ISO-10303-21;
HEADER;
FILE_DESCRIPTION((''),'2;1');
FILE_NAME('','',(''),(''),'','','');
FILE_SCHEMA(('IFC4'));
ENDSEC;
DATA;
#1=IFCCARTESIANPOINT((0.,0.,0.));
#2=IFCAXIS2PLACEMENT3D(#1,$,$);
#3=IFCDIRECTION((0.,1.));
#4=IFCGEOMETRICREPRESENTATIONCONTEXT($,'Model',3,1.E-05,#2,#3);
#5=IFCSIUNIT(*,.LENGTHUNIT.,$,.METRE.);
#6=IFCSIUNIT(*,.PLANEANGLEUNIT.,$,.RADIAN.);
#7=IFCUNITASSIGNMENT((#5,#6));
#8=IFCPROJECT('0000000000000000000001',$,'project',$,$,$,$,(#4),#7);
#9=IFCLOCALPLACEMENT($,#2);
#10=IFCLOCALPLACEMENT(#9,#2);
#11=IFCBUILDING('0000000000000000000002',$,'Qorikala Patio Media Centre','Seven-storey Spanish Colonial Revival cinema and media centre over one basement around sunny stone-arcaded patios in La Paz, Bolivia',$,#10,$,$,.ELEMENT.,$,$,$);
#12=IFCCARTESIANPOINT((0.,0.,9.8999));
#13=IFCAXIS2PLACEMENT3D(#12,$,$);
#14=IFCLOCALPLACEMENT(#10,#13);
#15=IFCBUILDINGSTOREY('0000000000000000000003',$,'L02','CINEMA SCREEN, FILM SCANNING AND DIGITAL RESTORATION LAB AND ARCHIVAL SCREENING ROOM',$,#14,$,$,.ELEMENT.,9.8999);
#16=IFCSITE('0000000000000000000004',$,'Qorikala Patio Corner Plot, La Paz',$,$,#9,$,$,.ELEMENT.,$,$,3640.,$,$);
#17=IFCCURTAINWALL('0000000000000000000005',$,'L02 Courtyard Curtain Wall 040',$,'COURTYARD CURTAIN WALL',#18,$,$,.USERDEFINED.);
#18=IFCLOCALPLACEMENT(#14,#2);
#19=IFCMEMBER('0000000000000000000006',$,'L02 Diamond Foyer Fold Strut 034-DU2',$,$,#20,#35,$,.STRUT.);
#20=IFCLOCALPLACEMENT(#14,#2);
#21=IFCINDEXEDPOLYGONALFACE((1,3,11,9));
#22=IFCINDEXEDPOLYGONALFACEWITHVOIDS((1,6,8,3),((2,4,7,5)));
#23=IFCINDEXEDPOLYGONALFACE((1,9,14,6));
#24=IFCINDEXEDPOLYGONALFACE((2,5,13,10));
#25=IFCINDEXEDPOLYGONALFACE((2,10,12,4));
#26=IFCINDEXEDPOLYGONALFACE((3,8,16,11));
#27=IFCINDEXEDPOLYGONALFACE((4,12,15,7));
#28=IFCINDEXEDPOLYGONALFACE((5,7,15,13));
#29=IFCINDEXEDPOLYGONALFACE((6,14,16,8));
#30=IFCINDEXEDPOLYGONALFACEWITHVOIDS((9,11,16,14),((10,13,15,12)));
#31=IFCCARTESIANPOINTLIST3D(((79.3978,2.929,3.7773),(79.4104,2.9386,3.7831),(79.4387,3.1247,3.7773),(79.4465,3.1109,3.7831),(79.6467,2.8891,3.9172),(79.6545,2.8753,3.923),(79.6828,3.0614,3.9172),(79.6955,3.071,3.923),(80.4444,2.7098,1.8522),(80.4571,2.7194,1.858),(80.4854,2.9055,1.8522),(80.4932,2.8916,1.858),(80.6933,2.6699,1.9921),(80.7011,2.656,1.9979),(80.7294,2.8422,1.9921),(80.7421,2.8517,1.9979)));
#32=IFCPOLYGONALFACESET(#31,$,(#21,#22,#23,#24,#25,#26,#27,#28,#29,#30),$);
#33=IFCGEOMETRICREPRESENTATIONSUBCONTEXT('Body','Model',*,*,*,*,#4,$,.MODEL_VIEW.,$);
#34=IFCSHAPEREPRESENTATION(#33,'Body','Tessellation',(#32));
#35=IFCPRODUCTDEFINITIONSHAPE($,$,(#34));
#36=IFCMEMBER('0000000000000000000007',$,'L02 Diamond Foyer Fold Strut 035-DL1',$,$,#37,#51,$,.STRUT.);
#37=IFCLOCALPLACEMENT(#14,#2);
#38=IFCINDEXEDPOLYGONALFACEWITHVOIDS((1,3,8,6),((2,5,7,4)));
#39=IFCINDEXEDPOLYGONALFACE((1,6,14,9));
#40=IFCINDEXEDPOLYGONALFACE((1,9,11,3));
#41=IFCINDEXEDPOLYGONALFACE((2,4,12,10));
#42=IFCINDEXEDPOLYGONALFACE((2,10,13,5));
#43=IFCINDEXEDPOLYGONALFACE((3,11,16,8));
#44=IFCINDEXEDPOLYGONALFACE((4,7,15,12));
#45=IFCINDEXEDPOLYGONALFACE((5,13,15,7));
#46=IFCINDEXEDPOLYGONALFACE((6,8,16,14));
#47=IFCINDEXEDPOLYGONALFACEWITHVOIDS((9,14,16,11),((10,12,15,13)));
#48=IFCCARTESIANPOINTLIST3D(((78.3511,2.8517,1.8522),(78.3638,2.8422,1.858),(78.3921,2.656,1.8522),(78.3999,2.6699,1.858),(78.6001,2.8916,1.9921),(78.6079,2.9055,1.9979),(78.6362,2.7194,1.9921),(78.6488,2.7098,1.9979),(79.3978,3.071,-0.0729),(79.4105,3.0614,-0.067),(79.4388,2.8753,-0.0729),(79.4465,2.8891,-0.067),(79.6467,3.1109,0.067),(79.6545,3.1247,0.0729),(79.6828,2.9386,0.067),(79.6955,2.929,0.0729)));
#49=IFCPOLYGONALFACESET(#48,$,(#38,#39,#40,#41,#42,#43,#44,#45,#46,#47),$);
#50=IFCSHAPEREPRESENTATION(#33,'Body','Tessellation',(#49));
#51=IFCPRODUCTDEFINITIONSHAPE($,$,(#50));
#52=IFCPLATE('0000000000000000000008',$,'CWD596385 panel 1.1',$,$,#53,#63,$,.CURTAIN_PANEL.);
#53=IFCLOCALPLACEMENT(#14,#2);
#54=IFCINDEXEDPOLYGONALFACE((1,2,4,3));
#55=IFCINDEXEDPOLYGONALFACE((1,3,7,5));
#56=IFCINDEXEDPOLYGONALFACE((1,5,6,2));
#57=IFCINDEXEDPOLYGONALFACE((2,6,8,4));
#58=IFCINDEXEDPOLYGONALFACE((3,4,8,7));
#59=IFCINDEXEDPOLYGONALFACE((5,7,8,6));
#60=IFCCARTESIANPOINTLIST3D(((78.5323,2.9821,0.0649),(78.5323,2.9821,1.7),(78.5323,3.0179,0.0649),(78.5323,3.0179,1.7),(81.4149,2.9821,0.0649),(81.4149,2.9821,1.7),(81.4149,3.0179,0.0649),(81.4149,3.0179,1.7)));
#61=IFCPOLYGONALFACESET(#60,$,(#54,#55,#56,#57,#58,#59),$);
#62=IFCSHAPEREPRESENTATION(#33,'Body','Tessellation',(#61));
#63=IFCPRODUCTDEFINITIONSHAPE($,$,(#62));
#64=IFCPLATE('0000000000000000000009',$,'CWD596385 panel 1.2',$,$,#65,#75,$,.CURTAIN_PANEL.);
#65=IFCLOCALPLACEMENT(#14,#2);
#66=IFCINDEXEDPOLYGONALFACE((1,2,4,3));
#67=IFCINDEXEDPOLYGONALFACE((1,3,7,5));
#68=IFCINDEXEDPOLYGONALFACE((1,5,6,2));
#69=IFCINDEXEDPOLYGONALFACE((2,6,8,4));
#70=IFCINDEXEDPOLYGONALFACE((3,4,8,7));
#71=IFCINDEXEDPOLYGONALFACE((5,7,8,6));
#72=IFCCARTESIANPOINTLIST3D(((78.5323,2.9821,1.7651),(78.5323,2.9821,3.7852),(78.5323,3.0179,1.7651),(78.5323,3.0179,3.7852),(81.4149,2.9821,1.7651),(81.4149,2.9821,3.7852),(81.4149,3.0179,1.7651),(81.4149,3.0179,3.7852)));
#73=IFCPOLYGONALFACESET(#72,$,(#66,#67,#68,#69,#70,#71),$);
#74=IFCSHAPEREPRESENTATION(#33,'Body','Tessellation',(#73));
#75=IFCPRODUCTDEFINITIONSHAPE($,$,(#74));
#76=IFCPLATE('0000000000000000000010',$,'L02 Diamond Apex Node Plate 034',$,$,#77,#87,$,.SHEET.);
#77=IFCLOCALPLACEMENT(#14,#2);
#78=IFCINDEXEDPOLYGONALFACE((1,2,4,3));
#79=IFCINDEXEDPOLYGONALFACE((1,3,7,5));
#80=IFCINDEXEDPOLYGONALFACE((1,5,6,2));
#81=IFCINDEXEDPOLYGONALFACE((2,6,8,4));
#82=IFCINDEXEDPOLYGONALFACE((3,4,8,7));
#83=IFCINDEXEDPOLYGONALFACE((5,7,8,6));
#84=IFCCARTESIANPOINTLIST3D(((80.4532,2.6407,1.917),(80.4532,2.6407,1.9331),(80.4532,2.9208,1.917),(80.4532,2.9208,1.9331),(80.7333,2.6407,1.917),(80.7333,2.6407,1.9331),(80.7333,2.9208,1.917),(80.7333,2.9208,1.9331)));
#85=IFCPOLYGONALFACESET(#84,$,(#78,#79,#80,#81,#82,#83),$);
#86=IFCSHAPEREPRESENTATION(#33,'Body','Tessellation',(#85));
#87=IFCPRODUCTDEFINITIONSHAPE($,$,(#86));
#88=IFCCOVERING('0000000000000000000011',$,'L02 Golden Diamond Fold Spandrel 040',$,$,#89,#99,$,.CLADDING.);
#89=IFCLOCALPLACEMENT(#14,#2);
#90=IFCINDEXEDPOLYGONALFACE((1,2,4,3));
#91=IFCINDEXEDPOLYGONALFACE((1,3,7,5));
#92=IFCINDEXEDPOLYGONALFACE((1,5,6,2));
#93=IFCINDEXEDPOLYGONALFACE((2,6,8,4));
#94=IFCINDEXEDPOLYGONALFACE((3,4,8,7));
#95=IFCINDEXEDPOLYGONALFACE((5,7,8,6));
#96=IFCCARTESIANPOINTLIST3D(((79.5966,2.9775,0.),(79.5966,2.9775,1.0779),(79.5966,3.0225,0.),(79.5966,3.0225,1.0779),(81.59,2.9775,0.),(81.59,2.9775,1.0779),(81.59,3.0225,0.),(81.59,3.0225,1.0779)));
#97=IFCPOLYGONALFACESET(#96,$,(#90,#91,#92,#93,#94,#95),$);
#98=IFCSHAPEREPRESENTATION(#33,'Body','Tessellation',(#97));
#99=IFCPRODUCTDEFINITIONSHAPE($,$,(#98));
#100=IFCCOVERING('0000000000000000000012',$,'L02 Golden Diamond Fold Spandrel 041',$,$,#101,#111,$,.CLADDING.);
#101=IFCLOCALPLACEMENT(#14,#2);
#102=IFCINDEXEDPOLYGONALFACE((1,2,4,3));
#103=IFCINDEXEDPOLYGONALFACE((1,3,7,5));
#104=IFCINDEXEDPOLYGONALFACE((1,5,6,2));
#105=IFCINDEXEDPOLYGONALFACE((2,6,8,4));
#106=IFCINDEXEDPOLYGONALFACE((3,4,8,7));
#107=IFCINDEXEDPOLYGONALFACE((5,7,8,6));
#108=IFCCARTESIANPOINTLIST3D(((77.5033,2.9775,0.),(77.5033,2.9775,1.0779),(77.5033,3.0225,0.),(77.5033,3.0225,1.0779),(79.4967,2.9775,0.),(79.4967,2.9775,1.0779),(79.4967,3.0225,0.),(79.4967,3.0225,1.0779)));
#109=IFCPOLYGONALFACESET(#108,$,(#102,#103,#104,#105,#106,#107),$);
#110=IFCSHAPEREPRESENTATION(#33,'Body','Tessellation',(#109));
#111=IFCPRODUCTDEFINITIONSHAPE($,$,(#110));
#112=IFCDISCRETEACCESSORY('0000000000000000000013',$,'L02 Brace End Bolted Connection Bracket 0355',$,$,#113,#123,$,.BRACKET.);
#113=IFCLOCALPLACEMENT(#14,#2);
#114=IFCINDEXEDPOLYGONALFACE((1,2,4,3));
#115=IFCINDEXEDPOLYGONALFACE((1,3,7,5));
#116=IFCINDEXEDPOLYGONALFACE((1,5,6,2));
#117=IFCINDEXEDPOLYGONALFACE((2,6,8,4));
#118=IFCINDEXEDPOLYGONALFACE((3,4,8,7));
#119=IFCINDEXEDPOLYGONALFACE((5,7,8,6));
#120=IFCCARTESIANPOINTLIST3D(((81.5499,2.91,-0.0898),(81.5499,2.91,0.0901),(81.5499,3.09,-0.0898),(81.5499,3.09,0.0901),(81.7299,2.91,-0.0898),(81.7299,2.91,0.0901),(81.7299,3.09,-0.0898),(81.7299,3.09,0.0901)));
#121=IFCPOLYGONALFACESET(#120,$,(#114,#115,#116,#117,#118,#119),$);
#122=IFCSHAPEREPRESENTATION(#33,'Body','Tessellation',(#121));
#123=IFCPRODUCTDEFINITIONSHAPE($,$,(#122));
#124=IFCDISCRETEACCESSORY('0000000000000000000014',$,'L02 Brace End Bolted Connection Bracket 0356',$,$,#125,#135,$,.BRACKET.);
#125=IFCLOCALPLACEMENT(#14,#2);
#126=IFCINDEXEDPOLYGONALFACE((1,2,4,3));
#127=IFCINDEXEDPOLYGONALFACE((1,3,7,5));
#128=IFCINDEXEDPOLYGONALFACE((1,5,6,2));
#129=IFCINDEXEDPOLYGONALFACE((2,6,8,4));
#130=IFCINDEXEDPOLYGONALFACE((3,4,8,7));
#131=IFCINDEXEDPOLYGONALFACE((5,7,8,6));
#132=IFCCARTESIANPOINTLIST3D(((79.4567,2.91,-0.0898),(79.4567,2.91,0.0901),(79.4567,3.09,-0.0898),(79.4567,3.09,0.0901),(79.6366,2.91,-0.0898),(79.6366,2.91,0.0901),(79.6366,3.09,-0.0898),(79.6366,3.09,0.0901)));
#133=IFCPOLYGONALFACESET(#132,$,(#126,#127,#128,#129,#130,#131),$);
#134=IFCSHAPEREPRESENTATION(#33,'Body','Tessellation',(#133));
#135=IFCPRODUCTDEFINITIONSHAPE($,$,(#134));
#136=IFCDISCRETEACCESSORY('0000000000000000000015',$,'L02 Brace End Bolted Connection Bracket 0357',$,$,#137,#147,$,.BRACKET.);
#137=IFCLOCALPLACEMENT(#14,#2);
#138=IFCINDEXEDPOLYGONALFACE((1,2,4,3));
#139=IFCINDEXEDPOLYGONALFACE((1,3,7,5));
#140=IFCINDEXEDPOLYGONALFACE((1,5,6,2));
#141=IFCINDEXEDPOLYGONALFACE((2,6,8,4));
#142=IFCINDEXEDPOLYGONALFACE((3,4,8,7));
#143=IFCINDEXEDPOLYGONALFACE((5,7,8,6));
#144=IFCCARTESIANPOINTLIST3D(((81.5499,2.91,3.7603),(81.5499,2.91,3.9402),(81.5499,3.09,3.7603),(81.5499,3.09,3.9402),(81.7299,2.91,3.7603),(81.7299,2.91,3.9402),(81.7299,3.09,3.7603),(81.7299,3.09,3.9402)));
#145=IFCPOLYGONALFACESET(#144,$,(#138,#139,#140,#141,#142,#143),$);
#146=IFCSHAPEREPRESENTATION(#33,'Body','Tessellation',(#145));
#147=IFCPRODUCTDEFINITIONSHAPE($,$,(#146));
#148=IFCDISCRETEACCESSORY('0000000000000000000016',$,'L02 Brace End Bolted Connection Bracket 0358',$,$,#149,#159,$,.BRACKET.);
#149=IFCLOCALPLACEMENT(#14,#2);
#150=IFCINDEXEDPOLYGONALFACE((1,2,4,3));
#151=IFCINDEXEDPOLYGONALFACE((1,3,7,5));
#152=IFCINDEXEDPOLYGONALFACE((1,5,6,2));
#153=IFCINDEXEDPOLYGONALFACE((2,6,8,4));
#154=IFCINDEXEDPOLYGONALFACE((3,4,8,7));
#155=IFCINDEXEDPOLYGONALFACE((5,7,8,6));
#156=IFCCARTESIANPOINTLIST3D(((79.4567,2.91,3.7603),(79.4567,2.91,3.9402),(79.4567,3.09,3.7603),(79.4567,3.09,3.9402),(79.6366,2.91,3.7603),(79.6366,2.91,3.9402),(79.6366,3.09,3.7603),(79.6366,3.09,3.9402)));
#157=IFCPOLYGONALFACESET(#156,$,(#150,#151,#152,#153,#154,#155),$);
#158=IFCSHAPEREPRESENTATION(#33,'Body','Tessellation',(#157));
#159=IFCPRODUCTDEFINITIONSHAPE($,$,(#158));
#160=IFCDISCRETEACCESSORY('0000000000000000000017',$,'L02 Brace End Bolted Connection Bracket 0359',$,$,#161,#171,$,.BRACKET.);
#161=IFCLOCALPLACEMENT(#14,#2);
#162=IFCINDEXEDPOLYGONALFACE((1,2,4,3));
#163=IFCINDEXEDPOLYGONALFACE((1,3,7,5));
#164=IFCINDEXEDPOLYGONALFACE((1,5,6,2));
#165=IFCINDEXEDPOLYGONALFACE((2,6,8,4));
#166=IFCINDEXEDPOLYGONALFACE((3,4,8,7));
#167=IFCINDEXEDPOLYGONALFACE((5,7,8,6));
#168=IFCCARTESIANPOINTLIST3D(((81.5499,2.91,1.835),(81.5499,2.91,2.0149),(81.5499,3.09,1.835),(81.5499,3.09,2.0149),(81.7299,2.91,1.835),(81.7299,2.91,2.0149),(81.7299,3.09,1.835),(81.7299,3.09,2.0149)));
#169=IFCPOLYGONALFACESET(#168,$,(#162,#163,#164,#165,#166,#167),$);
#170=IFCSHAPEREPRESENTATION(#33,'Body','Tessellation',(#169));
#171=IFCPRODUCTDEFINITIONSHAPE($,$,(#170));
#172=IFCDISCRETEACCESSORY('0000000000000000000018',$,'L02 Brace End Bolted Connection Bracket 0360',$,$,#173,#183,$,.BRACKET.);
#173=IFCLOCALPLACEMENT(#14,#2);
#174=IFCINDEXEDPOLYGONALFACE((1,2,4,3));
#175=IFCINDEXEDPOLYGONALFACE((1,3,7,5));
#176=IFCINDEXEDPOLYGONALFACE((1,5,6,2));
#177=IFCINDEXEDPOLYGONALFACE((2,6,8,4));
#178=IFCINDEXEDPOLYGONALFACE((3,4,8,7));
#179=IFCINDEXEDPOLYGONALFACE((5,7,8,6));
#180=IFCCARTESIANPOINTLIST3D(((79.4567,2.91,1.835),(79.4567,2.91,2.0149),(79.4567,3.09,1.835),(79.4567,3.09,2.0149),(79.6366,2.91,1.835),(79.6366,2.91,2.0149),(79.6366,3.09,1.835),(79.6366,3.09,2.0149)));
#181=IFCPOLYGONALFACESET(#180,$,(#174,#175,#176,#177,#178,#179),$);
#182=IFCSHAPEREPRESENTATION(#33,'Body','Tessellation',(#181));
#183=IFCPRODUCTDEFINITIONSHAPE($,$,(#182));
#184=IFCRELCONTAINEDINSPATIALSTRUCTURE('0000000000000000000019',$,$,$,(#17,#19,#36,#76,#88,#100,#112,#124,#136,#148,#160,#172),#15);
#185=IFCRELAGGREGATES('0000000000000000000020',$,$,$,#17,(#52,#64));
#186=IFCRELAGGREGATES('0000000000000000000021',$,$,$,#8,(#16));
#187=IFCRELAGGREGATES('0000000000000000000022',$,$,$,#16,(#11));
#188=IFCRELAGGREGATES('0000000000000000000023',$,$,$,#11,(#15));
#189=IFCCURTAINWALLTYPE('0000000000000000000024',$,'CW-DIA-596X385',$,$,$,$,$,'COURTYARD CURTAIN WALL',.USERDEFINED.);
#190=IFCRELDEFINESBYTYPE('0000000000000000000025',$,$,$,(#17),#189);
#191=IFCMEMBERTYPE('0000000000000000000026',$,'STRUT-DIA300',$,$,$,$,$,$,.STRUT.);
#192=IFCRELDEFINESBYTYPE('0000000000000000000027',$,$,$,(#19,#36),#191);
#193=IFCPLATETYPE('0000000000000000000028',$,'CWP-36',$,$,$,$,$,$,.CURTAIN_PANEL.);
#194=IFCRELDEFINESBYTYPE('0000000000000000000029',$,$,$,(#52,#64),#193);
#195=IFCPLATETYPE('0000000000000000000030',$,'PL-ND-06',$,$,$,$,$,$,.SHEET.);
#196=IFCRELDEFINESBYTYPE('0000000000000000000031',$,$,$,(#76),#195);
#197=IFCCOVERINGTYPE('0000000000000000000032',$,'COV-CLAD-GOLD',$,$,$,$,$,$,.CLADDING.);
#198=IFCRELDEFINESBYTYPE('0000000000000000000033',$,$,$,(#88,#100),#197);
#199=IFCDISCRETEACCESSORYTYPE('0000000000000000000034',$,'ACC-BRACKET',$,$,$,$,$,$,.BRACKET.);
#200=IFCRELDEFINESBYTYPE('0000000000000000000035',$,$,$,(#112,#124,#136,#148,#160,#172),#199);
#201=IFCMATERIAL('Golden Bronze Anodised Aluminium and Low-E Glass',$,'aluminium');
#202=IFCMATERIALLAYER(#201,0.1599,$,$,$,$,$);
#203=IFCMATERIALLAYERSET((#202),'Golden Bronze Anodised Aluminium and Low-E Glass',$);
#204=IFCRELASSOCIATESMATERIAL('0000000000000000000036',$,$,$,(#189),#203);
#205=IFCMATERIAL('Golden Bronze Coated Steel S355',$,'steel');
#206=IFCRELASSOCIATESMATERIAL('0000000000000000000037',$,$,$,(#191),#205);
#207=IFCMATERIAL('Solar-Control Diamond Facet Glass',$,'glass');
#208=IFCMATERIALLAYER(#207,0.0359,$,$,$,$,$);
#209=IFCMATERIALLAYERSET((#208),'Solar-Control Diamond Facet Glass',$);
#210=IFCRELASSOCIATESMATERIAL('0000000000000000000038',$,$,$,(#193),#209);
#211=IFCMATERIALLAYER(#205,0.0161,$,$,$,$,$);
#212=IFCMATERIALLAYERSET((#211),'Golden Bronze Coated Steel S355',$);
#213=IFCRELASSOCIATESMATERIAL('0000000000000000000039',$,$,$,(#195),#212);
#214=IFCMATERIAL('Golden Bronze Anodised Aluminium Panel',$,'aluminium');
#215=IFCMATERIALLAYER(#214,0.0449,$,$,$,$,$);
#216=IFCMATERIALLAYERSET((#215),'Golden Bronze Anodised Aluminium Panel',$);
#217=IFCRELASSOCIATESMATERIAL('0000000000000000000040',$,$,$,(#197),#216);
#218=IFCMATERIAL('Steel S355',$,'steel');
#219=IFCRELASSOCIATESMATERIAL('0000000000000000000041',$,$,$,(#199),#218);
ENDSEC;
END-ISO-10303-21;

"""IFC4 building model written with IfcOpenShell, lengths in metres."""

from ifc_helpers import new_model, si_unit, direction, frame, origin, origin_2d, place, context, subcontext, project, spatial, rectangle, hollow_rectangle, extrude, material, layer, layer_set, material_profile, profile_set, type_object, element, aggregate, save


model = new_model("IFC4")

# Units and contexts
model_context = context("Model", 3, precision=1e-05, world=origin(), true_north=direction((0.0, 1.0)))
body_context = subcontext(model_context, "Body", "Model", "MODEL_VIEW")
ifc_project = project(units=[si_unit("LENGTHUNIT", "METRE"), si_unit("PLANEANGLEUNIT", "RADIAN")], contexts=[model_context])

# Site, building, storey
site_placement = place(None, origin())
site = spatial("IfcSite", under=ifc_project, at=site_placement, Name="Qorikala Patio Corner Plot, La Paz", CompositionType="ELEMENT", RefElevation=3640.0)
building_placement = place(site_placement, origin())
building = spatial("IfcBuilding", under=site, at=building_placement, Name="Qorikala Patio Media Centre", Description="Seven-storey Spanish Colonial Revival cinema and media centre over one basement around sunny stone-arcaded patios in La Paz, Bolivia", CompositionType="ELEMENT")
storey_placement = place(building_placement, frame((0.0, 0.0, 9.8999)))
storey = spatial("IfcBuildingStorey", under=building, at=storey_placement, Name="L02", Description="CINEMA SCREEN, FILM SCANNING AND DIGITAL RESTORATION LAB AND ARCHIVAL SCREENING ROOM", CompositionType="ELEMENT", Elevation=9.8999)

# Shared definitions
ifc_material_1 = material(Name="Golden Bronze Coated Steel S355", Category="steel")

# Curtain wall
ifc_material_2 = material(Name="Golden Bronze Anodised Aluminium and Low-E Glass", Category="aluminium")
ifc_layer_1 = layer(ifc_material_2, 0.1599)
ifc_layer_set_1 = layer_set([ifc_layer_1], Name="Golden Bronze Anodised Aluminium and Low-E Glass")
curtain_wall_type = type_object("IfcCurtainWallType", Name="CW-DIA-596X385", ElementType="COURTYARD CURTAIN WALL", PredefinedType="USERDEFINED", material=ifc_layer_set_1)
curtain_wall_placement = place(storey_placement, origin())
curtain_wall = element("IfcCurtainWall", 1, at=curtain_wall_placement, inside=storey, type_object=curtain_wall_type, Name="L02 Courtyard Curtain Wall 040", ObjectType="COURTYARD CURTAIN WALL", PredefinedType="USERDEFINED")

# Members
ifc_material_profile_1 = material_profile(ifc_material_1, hollow_rectangle(XDim=0.2, YDim=0.3, WallThickness=0.012, at=origin_2d()), Name="HSS300X200X12")
ifc_profile_set_1 = profile_set([ifc_material_profile_1], Name="Golden Bronze Coated Steel S355")
member_type_1 = type_object("IfcMemberType", Name="STRUT-DIA300", PredefinedType="STRUT", material=ifc_profile_set_1)
for number, where, z_axis, x_axis, name in (
    (2, (80.5933, 2.7808, 1.925), (-0.475284, 0.099558, 0.874181), (-0.205021, -0.978758, 0.0), "L02 Diamond Foyer Fold Strut 034-DU2"),
    (3, (79.5466, 3.0, 0.0), (-0.475284, -0.099558, 0.874181), (0.205021, -0.978758, 0.0), "L02 Diamond Foyer Fold Strut 035-DL1"),
):
    element("IfcMember", number, at=place(storey_placement, frame(where, z_axis=z_axis, x_axis=x_axis)), inside=storey, type_object=member_type_1, Name=name, PredefinedType="STRUT", context=body_context, shape_type="SweptSolid", body=[
        extrude(hollow_rectangle(XDim=0.2, YDim=0.3, WallThickness=0.012, at=origin_2d()), origin(), (0.0, 0.0, 1.0), 2.2021),
    ])

# Plates
ifc_material_3 = material(Name="Solar-Control Diamond Facet Glass", Category="glass")
ifc_layer_2 = layer(ifc_material_3, 0.0359)
ifc_layer_set_2 = layer_set([ifc_layer_2], Name="Solar-Control Diamond Facet Glass")
plate_type_1 = type_object("IfcPlateType", Name="CWP-36", PredefinedType="CURTAIN_PANEL", material=ifc_layer_set_2)
plate_1_placement = place(storey_placement, frame((79.9736, 3.0, 0.0649), z_axis=(0.0, 0.0, 1.0), x_axis=(-1.0, 0.0, 0.0)))
plate_1 = element("IfcPlate", 4, at=plate_1_placement, type_object=plate_type_1, Name="CWD596385 panel 1.1", PredefinedType="CURTAIN_PANEL", context=body_context, shape_type="SweptSolid", body=[
    extrude(rectangle(XDim=2.8826, YDim=0.0359, at=origin_2d()), origin(), (0.0, 0.0, 1.0), 1.635),
])
plate_2_placement = place(storey_placement, frame((79.9736, 3.0, 1.7651), z_axis=(0.0, 0.0, 1.0), x_axis=(-1.0, 0.0, 0.0)))
plate_2 = element("IfcPlate", 5, at=plate_2_placement, type_object=plate_type_1, Name="CWD596385 panel 1.2", PredefinedType="CURTAIN_PANEL", context=body_context, shape_type="SweptSolid", body=[
    extrude(rectangle(XDim=2.8826, YDim=0.0359, at=origin_2d()), origin(), (0.0, 0.0, 1.0), 2.02),
])
aggregate(curtain_wall, [plate_1, plate_2])
ifc_layer_3 = layer(ifc_material_1, 0.0161)
ifc_layer_set_3 = layer_set([ifc_layer_3], Name="Golden Bronze Coated Steel S355")
plate_type_2 = type_object("IfcPlateType", Name="PL-ND-06", PredefinedType="SHEET", material=ifc_layer_set_3)
plate_3_placement = place(storey_placement, frame((80.5933, 2.7808, 1.917), z_axis=(0.0, 0.0, 1.0), x_axis=(-1.0, 0.0, 0.0)))
element("IfcPlate", 6, at=plate_3_placement, inside=storey, type_object=plate_type_2, Name="L02 Diamond Apex Node Plate 034", PredefinedType="SHEET", context=body_context, shape_type="SweptSolid", body=[
    extrude(rectangle(XDim=0.28, YDim=0.28, at=origin_2d()), origin(), (0.0, 0.0, 1.0), 0.0161),
])

# Coverings
ifc_material_4 = material(Name="Golden Bronze Anodised Aluminium Panel", Category="aluminium")
ifc_layer_4 = layer(ifc_material_4, 0.0449)
ifc_layer_set_4 = layer_set([ifc_layer_4], Name="Golden Bronze Anodised Aluminium Panel")
covering_type = type_object("IfcCoveringType", Name="COV-CLAD-GOLD", PredefinedType="CLADDING", material=ifc_layer_set_4)
for number, where, z_axis, x_axis, name in (
    (7, (80.5933, 3.0, 0.0), (0.0, 0.0, 1.0), (-1.0, 0.0, 0.0), "L02 Golden Diamond Fold Spandrel 040"),
    (8, (78.5, 3.0, 0.0), (0.0, 0.0, 1.0), (-1.0, 0.0, 0.0), "L02 Golden Diamond Fold Spandrel 041"),
):
    element("IfcCovering", number, at=place(storey_placement, frame(where, z_axis=z_axis, x_axis=x_axis)), inside=storey, type_object=covering_type, Name=name, PredefinedType="CLADDING", context=body_context, shape_type="SweptSolid", body=[
        extrude(rectangle(XDim=1.9934, YDim=0.0449, at=origin_2d()), origin(), (0.0, 0.0, 1.0), 1.0779),
    ])

# Discrete accessories
ifc_material_5 = material(Name="Steel S355", Category="steel")
discrete_accessory_type = type_object("IfcDiscreteAccessoryType", Name="ACC-BRACKET", PredefinedType="BRACKET", material=ifc_material_5)
for number, where, z_axis, x_axis, name in (
    (9, (81.6399, 3.0, -0.0898), (0.0, 0.0, 1.0), (1.0, 0.0, 0.0), "L02 Brace End Bolted Connection Bracket 0355"),
    (10, (79.5466, 3.0, -0.0898), (0.0, 0.0, 1.0), (1.0, 0.0, 0.0), "L02 Brace End Bolted Connection Bracket 0356"),
    (11, (81.6399, 3.0, 3.7603), (0.0, 0.0, 1.0), (1.0, 0.0, 0.0), "L02 Brace End Bolted Connection Bracket 0357"),
    (12, (79.5466, 3.0, 3.7603), (0.0, 0.0, 1.0), (1.0, 0.0, 0.0), "L02 Brace End Bolted Connection Bracket 0358"),
    (13, (81.6399, 3.0, 1.835), (0.0, 0.0, 1.0), (1.0, 0.0, 0.0), "L02 Brace End Bolted Connection Bracket 0359"),
    (14, (79.5466, 3.0, 1.835), (0.0, 0.0, 1.0), (1.0, 0.0, 0.0), "L02 Brace End Bolted Connection Bracket 0360"),
):
    element("IfcDiscreteAccessory", number, at=place(storey_placement, frame(where, z_axis=z_axis, x_axis=x_axis)), inside=storey, type_object=discrete_accessory_type, Name=name, PredefinedType="BRACKET", context=body_context, shape_type="SweptSolid", body=[
        extrude(rectangle(XDim=0.1799, YDim=0.1799, at=origin_2d()), origin(), (0.0, 0.0, 1.0), 0.1799),
    ])

save(model, "model.ifc")
